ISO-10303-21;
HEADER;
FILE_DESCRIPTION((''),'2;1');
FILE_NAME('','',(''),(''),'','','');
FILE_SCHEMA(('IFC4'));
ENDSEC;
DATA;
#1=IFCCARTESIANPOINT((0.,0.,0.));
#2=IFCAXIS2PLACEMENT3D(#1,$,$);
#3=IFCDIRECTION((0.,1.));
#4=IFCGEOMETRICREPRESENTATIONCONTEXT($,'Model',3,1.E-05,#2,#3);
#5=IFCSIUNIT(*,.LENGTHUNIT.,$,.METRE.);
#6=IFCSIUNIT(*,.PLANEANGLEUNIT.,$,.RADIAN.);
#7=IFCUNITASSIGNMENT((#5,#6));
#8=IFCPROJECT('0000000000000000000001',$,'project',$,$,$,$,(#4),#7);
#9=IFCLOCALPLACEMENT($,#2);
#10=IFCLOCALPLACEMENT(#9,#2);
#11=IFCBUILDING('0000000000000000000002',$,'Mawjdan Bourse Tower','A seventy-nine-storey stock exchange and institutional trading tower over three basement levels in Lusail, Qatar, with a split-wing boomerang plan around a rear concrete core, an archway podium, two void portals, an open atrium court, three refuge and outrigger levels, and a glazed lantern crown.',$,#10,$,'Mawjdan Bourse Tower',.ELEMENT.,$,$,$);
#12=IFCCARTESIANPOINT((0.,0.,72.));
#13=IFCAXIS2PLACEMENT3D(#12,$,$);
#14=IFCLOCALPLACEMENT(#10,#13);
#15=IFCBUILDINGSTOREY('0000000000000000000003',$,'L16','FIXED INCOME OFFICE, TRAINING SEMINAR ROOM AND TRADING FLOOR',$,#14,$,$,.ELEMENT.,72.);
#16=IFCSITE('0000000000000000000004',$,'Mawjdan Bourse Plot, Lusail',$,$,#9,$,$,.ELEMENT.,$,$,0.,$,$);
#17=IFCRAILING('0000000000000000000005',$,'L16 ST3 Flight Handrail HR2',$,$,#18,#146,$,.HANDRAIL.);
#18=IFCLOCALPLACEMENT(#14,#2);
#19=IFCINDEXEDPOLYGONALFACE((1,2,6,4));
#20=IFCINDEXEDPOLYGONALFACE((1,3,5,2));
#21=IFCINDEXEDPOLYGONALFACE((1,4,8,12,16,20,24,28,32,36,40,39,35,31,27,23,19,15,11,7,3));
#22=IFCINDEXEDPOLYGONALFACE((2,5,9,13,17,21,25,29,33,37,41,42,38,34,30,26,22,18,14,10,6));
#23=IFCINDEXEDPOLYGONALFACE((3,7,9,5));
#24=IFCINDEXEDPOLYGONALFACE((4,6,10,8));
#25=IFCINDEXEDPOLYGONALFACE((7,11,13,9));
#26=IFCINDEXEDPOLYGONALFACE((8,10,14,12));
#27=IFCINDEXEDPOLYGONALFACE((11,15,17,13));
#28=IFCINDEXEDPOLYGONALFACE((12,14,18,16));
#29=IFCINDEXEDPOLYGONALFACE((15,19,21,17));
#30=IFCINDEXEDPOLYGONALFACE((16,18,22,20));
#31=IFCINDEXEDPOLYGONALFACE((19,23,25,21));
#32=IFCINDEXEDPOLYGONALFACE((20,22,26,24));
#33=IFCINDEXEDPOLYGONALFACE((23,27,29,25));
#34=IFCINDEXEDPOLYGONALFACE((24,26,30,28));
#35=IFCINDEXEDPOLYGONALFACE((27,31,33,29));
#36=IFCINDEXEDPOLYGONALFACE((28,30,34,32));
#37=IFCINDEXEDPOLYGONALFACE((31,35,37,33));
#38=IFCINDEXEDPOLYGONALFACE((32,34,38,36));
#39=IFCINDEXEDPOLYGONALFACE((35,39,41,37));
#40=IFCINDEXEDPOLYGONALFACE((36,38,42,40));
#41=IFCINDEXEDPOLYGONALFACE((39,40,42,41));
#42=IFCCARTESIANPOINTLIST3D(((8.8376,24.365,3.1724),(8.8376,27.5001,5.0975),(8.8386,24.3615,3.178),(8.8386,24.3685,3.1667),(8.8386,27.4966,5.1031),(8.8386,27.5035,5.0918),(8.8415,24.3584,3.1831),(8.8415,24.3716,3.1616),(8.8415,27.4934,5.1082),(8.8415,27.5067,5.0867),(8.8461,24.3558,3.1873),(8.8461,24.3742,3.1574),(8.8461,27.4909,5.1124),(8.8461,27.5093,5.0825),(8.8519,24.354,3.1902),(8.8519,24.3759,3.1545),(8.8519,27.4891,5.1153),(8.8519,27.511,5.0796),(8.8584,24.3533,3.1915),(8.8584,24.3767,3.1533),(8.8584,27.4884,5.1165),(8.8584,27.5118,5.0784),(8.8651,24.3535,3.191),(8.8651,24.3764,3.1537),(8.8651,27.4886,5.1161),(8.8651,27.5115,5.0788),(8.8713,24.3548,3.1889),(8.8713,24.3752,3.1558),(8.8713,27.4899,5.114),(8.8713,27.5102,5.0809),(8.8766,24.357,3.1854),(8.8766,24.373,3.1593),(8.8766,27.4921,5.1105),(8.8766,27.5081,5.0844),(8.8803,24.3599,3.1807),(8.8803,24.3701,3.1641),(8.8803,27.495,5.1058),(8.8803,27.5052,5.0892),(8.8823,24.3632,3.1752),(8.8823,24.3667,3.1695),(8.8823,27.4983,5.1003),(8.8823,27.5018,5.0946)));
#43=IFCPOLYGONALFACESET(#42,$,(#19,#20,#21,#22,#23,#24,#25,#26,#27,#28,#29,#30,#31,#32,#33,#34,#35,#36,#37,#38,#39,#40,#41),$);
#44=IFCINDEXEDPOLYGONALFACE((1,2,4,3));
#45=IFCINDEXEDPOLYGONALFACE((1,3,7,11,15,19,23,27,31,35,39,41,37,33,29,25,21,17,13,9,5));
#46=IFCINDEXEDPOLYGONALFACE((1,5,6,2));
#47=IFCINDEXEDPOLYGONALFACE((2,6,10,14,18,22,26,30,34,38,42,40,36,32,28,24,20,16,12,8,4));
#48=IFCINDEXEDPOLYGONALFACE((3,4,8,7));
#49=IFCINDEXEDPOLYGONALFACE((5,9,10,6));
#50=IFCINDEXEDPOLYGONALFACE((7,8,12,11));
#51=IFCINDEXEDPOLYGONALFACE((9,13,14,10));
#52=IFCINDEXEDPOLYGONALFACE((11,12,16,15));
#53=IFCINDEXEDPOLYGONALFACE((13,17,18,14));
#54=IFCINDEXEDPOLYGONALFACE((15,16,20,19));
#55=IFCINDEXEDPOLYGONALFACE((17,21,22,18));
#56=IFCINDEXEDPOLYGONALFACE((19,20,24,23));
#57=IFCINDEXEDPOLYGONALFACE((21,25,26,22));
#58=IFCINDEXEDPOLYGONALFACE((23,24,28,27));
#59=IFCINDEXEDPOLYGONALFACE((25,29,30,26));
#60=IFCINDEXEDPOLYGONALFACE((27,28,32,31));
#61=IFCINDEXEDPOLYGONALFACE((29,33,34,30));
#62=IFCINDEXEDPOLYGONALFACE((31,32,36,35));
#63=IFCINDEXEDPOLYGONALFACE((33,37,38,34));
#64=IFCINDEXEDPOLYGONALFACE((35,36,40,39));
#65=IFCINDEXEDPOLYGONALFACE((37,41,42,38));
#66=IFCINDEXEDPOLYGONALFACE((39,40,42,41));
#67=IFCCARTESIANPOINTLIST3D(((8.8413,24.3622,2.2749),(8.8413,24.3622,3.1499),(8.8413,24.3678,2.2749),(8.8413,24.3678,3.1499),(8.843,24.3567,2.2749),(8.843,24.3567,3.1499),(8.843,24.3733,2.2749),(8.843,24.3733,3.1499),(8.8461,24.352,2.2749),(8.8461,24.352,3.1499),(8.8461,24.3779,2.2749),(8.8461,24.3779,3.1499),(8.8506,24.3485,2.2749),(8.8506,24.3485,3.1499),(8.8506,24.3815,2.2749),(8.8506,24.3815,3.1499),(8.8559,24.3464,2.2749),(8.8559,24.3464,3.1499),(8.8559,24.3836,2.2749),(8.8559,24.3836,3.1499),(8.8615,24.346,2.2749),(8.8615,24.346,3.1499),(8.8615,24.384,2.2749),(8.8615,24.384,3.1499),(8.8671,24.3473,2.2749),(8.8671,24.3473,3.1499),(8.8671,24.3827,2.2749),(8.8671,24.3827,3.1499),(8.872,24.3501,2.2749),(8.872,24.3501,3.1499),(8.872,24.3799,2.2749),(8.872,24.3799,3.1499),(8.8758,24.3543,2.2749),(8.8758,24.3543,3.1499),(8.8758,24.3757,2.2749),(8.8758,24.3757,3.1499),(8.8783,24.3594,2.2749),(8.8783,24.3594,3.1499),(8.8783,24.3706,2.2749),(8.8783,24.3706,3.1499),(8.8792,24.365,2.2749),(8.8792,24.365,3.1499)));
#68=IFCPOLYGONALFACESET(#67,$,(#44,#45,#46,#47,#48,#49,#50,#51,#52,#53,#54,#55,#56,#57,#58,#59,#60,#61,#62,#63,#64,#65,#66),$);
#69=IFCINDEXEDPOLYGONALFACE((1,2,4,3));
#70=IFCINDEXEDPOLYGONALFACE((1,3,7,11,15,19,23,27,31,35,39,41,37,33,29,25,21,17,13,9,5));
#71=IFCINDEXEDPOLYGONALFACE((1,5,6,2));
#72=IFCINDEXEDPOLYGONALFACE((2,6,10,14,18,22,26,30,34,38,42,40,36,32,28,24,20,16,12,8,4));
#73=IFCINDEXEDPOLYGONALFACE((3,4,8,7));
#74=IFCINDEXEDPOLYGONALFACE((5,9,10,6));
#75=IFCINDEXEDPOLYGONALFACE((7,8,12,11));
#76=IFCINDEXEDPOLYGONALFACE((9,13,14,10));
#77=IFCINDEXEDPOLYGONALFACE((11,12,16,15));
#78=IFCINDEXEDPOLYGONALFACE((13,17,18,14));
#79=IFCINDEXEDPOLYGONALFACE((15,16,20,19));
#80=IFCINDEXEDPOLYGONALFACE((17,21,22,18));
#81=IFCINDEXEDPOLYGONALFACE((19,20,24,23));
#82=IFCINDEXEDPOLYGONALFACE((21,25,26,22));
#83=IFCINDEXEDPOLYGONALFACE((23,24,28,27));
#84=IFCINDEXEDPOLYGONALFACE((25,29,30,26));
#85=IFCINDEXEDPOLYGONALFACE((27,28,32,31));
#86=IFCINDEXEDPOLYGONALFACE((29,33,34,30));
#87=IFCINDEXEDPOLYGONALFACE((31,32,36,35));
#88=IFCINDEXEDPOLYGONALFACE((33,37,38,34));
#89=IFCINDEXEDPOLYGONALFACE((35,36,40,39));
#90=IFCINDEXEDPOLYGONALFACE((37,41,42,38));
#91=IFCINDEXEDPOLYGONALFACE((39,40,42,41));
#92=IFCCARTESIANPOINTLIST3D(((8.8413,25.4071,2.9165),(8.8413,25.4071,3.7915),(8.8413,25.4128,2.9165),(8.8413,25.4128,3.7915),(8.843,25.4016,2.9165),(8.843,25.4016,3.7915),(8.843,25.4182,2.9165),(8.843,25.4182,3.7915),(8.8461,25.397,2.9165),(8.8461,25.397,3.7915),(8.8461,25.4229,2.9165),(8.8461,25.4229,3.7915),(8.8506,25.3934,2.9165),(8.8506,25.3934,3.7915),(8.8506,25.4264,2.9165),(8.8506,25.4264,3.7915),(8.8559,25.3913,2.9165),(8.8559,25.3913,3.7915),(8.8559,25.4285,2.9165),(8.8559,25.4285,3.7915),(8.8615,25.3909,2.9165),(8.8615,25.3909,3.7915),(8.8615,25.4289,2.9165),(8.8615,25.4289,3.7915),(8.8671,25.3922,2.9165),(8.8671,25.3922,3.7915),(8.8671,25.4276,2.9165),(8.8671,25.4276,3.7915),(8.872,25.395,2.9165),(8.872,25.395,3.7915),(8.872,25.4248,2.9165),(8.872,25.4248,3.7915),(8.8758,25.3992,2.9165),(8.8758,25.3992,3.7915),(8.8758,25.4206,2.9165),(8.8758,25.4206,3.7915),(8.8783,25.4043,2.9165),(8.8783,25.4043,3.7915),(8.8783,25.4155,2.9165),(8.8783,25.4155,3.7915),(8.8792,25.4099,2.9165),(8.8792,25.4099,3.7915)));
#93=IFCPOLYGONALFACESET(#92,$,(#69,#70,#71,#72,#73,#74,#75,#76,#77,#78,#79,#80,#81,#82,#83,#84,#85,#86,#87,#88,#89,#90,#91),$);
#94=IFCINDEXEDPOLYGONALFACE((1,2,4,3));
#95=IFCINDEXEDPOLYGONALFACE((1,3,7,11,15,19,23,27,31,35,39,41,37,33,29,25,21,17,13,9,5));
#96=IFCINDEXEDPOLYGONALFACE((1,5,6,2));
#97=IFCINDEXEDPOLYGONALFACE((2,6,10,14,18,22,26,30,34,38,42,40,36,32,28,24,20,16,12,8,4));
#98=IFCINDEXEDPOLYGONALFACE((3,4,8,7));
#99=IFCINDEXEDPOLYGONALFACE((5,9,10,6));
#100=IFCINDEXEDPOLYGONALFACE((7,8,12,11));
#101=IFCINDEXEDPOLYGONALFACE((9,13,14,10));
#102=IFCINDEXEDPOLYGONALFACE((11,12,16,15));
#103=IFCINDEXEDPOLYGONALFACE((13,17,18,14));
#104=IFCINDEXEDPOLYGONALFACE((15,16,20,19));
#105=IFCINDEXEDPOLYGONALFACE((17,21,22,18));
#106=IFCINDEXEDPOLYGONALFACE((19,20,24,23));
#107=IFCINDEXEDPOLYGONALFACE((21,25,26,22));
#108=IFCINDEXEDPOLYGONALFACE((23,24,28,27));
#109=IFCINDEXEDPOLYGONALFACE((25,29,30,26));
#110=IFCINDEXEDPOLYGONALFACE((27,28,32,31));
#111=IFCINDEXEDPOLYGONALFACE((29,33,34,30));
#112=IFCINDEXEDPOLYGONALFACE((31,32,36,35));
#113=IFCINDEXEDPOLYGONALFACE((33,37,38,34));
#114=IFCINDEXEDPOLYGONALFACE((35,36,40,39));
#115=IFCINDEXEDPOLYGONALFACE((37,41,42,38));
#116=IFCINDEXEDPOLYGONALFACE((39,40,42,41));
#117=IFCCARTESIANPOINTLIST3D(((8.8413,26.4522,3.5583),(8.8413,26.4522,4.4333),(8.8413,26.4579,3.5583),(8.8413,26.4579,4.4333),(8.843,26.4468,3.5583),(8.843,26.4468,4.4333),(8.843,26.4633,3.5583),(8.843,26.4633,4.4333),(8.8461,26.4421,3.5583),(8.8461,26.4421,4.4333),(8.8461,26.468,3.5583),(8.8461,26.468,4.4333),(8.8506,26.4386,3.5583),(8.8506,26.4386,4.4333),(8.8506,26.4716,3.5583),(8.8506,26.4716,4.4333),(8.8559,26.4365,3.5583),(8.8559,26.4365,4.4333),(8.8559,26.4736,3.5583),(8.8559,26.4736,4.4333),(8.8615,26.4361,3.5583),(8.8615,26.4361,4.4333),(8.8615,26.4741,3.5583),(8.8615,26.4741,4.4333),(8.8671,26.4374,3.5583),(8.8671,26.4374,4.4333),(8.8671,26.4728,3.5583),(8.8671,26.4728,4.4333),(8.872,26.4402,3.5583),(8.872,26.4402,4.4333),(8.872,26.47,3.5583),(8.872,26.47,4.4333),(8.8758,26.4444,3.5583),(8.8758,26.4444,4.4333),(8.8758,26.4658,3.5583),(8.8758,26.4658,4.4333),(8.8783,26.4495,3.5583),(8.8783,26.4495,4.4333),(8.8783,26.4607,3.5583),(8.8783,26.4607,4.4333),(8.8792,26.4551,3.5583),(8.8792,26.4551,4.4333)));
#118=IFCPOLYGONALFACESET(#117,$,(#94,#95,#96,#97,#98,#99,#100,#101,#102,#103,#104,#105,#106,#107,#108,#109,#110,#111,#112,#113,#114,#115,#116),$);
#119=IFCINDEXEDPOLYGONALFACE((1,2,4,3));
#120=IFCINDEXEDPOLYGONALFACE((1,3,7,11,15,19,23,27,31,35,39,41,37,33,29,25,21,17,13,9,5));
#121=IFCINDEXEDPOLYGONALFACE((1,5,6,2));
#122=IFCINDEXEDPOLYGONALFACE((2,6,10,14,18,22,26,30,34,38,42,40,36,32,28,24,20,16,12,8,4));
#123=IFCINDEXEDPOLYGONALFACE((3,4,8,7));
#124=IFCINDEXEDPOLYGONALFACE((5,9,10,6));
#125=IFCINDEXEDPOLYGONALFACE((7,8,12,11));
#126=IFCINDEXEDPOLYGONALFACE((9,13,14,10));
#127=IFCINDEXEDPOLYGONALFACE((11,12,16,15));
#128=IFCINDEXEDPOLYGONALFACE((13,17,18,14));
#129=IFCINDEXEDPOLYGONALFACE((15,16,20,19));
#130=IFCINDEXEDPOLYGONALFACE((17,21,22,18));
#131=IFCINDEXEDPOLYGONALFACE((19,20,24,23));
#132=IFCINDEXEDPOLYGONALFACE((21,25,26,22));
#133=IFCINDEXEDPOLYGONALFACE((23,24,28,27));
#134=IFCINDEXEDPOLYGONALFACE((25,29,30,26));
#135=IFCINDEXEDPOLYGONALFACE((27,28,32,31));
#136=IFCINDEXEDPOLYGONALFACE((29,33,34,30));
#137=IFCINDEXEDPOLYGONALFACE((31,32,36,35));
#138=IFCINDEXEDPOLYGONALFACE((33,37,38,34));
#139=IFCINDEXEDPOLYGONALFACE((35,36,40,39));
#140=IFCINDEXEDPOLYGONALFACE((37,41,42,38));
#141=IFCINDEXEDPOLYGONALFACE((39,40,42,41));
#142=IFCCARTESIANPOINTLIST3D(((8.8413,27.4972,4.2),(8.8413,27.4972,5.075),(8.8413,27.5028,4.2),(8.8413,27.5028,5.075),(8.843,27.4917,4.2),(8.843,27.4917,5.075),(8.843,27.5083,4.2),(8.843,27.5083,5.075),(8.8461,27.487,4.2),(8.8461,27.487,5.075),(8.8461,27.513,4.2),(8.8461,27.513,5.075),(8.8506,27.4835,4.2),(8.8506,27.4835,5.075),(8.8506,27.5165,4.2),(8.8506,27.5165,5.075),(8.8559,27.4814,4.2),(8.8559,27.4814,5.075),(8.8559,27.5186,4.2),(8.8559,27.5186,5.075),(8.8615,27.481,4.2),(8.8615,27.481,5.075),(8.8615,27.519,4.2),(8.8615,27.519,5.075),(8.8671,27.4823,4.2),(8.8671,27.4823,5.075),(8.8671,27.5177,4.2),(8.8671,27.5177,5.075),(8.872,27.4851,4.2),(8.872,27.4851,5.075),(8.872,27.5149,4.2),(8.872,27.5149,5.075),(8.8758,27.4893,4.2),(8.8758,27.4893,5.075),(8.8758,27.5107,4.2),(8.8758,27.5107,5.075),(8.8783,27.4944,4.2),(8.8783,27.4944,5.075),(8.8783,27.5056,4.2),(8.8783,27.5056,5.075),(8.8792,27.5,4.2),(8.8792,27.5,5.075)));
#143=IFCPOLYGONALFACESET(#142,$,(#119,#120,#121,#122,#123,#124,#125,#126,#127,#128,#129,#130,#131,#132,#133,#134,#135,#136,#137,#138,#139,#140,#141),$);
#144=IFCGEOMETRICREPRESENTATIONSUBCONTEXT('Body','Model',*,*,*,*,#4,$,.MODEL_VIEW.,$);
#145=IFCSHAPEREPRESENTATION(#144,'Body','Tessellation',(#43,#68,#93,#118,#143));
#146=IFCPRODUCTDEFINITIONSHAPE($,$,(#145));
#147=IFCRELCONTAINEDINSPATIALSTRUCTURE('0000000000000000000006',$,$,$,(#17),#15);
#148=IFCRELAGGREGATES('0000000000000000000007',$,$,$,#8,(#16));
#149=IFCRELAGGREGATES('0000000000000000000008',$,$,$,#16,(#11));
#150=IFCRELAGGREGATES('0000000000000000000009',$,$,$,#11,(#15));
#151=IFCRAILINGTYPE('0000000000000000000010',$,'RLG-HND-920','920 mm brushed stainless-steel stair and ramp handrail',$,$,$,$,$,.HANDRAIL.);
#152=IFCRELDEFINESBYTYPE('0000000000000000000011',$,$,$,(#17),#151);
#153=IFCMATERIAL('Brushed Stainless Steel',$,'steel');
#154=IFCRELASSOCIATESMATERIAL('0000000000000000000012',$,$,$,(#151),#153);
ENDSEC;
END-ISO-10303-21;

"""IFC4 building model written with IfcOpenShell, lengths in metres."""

from ifc_helpers import new_model, si_unit, direction, frame, origin, origin_2d, place, context, subcontext, project, spatial, circle, extrude, material, type_object, element, save


model = new_model("IFC4")

# Units and contexts
model_context = context("Model", 3, precision=1e-05, world=origin(), true_north=direction((0.0, 1.0)))
body_context = subcontext(model_context, "Body", "Model", "MODEL_VIEW")
ifc_project = project(units=[si_unit("LENGTHUNIT", "METRE"), si_unit("PLANEANGLEUNIT", "RADIAN")], contexts=[model_context])

# Site, building, storey
site_placement = place(None, origin())
site = spatial("IfcSite", under=ifc_project, at=site_placement, Name="Mawjdan Bourse Plot, Lusail", CompositionType="ELEMENT", RefElevation=0.0)
building_placement = place(site_placement, origin())
building = spatial("IfcBuilding", under=site, at=building_placement, Name="Mawjdan Bourse Tower", Description="A seventy-nine-storey stock exchange and institutional trading tower over three basement levels in Lusail, Qatar, with a split-wing boomerang plan around a rear concrete core, an archway podium, two void portals, an open atrium court, three refuge and outrigger levels, and a glazed lantern crown.", LongName="Mawjdan Bourse Tower", CompositionType="ELEMENT")
storey_placement = place(building_placement, frame((0.0, 0.0, 72.0)))
storey = spatial("IfcBuildingStorey", under=building, at=storey_placement, Name="L16", Description="FIXED INCOME OFFICE, TRAINING SEMINAR ROOM AND TRADING FLOOR", CompositionType="ELEMENT", Elevation=72.0)

# Railing
ifc_material_1 = material(Name="Brushed Stainless Steel", Category="steel")
railing_type_1 = type_object("IfcRailingType", Name="RLG-HND-920", Description="920 mm brushed stainless-steel stair and ramp handrail", PredefinedType="HANDRAIL", material=ifc_material_1)
railing_1_placement = place(storey_placement, frame((8.8601, 24.365, 2.2749)))
element("IfcRailing", 1, at=railing_1_placement, inside=storey, type_object=railing_type_1, Name="L16 ST3 Flight Handrail HR2", PredefinedType="HANDRAIL", context=body_context, shape_type="SweptSolid", body=[
    extrude(circle(Radius=0.0225, at=origin_2d()), frame((0.0, 0.0, 0.8975), z_axis=(0.0, 0.852166, 0.523271), x_axis=(-1.0, 0.0, 0.0)), (0.0, 0.0, 1.0), 3.679),
    extrude(circle(Radius=0.019, at=origin_2d()), origin(), (0.0, 0.0, 1.0), 0.875),
    extrude(circle(Radius=0.019, at=origin_2d()), frame((0.0, 1.0449, 0.6416)), (0.0, 0.0, 1.0), 0.875),
    extrude(circle(Radius=0.019, at=origin_2d()), frame((0.0, 2.0901, 1.2834)), (0.0, 0.0, 1.0), 0.875),
    extrude(circle(Radius=0.019, at=origin_2d()), frame((0.0, 3.135, 1.925)), (0.0, 0.0, 1.0), 0.875),
])

save(model, "model.ifc")
